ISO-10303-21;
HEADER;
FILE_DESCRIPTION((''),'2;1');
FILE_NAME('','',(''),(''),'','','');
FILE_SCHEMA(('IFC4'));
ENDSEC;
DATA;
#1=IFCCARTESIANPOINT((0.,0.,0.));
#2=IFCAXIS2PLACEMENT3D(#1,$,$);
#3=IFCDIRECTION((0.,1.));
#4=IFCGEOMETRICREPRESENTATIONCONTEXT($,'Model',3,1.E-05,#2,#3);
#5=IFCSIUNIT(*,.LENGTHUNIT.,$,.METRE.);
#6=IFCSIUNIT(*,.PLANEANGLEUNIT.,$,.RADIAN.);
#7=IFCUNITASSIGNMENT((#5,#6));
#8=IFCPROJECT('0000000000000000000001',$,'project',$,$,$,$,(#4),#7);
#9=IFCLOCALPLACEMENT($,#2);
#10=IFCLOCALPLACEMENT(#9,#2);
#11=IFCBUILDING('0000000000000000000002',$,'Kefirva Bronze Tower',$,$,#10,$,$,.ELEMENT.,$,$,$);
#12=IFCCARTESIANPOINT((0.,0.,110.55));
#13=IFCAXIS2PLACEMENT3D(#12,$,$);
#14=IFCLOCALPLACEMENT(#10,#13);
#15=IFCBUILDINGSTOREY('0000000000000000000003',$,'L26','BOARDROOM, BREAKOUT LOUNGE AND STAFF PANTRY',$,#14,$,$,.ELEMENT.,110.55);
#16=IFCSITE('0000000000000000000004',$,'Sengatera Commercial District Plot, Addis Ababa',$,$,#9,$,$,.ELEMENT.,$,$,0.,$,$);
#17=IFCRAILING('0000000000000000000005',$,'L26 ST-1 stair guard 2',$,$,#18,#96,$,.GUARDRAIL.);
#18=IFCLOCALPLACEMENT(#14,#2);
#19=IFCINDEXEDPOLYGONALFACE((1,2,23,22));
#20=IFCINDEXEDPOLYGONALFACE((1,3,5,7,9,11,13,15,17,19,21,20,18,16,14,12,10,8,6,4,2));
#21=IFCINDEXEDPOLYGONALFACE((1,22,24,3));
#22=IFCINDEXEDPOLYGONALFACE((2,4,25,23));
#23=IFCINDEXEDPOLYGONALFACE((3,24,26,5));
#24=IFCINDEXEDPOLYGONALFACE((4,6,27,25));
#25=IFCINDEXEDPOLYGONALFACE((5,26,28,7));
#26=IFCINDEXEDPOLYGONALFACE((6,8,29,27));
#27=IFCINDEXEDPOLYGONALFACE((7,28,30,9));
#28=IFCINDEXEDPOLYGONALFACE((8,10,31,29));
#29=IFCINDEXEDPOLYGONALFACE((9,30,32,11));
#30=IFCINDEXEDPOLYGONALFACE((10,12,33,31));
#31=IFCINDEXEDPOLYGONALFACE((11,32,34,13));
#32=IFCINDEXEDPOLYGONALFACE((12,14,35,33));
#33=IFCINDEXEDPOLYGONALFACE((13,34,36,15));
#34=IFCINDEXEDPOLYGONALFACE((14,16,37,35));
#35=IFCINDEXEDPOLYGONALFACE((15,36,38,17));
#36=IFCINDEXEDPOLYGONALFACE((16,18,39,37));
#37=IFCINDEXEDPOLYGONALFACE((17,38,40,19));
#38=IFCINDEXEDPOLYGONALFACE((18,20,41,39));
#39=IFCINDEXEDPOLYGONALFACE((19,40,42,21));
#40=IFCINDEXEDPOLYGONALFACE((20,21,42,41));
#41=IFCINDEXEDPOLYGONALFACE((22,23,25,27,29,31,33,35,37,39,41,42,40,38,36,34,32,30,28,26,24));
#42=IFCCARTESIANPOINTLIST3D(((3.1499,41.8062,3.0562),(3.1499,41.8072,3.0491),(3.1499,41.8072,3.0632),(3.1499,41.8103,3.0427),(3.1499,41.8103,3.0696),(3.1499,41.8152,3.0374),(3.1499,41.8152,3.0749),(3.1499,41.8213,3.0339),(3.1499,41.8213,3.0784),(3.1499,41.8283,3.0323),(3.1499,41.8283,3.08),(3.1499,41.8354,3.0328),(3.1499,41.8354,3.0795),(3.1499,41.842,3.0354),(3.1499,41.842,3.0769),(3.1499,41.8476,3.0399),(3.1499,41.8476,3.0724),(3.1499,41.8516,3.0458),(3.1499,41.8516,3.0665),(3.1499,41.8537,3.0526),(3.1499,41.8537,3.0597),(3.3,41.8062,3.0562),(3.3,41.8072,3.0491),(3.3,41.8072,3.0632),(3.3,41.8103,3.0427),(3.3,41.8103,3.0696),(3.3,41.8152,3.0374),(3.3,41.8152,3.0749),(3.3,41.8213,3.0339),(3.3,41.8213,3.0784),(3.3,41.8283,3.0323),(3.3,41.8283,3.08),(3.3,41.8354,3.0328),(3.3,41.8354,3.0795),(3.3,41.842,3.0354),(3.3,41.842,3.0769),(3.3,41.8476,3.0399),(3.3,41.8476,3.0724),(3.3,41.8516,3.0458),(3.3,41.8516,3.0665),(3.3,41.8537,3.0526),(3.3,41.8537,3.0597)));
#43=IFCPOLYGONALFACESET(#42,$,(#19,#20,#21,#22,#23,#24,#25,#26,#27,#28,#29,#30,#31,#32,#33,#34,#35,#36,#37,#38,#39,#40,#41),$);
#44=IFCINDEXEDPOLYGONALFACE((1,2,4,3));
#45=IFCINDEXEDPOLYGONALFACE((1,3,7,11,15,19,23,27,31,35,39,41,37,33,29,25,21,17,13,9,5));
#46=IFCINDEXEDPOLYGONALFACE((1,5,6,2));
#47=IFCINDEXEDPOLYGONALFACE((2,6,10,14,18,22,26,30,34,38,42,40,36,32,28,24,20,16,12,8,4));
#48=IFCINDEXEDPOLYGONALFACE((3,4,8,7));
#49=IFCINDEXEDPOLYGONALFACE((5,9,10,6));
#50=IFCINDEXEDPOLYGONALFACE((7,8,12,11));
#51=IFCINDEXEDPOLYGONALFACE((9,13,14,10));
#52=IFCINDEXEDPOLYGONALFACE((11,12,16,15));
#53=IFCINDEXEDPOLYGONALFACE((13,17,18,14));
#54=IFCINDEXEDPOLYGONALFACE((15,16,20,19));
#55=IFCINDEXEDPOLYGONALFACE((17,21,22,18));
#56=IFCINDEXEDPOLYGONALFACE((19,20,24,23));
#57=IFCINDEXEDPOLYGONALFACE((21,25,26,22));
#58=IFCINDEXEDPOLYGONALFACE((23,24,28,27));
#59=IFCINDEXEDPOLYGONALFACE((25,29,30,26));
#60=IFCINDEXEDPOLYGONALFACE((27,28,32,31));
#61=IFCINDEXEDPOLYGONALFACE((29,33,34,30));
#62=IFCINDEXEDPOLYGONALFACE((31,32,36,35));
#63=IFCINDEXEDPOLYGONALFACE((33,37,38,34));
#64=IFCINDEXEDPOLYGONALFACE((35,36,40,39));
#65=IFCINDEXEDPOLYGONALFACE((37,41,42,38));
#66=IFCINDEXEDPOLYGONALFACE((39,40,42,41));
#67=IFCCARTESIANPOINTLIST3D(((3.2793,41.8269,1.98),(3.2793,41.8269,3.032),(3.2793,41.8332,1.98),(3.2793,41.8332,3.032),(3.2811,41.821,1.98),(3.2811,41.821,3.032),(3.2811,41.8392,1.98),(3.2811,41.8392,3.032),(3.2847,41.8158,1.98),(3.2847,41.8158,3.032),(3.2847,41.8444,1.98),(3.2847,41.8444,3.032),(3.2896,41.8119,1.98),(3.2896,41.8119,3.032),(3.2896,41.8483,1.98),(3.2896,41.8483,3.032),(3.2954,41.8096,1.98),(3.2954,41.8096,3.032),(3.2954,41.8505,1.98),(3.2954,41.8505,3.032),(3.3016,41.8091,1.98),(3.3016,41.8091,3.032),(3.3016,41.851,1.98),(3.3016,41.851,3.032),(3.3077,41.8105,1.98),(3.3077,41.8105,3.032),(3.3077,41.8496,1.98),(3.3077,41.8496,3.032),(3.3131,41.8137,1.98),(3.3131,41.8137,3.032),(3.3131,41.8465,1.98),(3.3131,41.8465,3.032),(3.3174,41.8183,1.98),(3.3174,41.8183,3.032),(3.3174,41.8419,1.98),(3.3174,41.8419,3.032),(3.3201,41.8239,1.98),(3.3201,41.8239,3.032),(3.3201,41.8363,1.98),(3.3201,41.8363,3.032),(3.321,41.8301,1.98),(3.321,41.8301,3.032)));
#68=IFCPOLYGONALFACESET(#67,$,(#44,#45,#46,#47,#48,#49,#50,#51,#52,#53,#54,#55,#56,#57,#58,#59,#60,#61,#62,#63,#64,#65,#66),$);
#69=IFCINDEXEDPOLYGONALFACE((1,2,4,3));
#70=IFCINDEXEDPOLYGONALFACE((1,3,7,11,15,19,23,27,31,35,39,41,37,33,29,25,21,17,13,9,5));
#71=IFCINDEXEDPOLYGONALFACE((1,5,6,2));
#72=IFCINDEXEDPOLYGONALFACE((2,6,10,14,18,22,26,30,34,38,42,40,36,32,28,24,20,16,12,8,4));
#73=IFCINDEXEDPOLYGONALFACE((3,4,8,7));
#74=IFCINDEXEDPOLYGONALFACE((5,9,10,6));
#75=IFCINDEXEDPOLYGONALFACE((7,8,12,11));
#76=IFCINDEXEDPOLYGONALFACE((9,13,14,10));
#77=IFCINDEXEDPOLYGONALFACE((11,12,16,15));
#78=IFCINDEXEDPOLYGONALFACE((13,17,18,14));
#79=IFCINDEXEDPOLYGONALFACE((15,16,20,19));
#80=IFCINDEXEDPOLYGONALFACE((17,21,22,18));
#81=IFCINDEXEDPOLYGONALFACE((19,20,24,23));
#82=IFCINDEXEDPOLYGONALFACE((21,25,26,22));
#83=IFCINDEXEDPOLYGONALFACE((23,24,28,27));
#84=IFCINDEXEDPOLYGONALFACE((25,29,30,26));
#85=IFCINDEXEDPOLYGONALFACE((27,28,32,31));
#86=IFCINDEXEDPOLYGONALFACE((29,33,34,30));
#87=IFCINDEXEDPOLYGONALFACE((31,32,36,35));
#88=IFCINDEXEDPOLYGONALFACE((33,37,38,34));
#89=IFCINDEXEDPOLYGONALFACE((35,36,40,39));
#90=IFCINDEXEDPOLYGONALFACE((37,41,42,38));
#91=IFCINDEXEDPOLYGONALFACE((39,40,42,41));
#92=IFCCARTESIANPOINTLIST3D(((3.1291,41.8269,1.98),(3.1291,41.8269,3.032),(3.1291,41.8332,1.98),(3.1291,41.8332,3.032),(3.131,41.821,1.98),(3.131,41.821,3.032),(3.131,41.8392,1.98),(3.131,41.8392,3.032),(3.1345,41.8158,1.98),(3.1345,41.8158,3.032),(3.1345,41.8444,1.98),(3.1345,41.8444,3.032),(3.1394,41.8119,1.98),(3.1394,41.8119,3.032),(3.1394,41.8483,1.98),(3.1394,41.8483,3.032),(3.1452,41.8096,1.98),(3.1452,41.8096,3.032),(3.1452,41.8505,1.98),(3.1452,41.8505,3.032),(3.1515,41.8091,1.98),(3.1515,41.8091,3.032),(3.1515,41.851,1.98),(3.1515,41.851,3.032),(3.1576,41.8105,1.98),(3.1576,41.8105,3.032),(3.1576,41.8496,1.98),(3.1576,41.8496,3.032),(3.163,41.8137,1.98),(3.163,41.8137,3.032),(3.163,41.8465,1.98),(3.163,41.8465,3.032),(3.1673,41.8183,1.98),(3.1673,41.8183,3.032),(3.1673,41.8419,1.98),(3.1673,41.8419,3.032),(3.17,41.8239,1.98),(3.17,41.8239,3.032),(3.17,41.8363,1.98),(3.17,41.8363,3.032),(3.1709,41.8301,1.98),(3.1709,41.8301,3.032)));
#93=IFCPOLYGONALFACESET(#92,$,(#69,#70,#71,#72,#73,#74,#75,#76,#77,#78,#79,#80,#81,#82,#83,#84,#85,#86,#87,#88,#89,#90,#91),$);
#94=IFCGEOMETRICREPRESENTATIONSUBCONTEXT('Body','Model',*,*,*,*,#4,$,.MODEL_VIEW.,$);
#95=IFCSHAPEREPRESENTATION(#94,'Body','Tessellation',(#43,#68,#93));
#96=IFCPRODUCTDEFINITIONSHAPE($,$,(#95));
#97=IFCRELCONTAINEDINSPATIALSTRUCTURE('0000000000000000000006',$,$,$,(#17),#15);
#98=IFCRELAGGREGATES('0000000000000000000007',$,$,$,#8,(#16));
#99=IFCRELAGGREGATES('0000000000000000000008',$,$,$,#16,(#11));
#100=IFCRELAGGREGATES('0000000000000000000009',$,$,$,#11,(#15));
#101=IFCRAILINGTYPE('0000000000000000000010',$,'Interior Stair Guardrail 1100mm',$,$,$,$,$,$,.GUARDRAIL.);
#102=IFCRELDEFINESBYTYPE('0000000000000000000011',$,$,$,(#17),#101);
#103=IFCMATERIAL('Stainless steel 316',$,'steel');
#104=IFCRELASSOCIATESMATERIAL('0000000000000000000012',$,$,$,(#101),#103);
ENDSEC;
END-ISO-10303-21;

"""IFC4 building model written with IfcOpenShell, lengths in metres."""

from ifc_helpers import new_model, si_unit, direction, frame, origin, origin_2d, place, context, subcontext, project, spatial, circle, extrude, material, type_object, element, save


model = new_model("IFC4")

# Units and contexts
model_context = context("Model", 3, precision=1e-05, world=origin(), true_north=direction((0.0, 1.0)))
body_context = subcontext(model_context, "Body", "Model", "MODEL_VIEW")
ifc_project = project(units=[si_unit("LENGTHUNIT", "METRE"), si_unit("PLANEANGLEUNIT", "RADIAN")], contexts=[model_context])

# Site, building, storey
site_placement = place(None, origin())
site = spatial("IfcSite", under=ifc_project, at=site_placement, Name="Sengatera Commercial District Plot, Addis Ababa", CompositionType="ELEMENT", RefElevation=0.0)
building_placement = place(site_placement, origin())
building = spatial("IfcBuilding", under=site, at=building_placement, Name="Kefirva Bronze Tower", CompositionType="ELEMENT")
storey_placement = place(building_placement, frame((0.0, 0.0, 110.55)))
storey = spatial("IfcBuildingStorey", under=building, at=storey_placement, Name="L26", Description="BOARDROOM, BREAKOUT LOUNGE AND STAFF PANTRY", CompositionType="ELEMENT", Elevation=110.55)

# Shared definitions
ifc_material_1 = material(Name="Stainless steel 316", Category="steel")

# Railing
railing_type_1 = type_object("IfcRailingType", Name="Interior Stair Guardrail 1100mm", PredefinedType="GUARDRAIL", material=ifc_material_1)
railing_1_placement = place(storey_placement, frame((3.3, 41.8301, 1.98)))
element("IfcRailing", 1, at=railing_1_placement, inside=storey, type_object=railing_type_1, Name="L26 ST-1 stair guard 2", PredefinedType="GUARDRAIL", context=body_context, shape_type="SweptSolid", body=[
    extrude(circle(Radius=0.0239, at=origin_2d()), frame((0.0, 0.0, 1.0762), z_axis=(-1.0, 0.0, 0.0), x_axis=(0.0, -1.0, 0.0)), (0.0, 0.0, 1.0), 0.1501),
    extrude(circle(Radius=0.021, at=origin_2d()), origin(), (0.0, 0.0, 1.0), 1.052),
    extrude(circle(Radius=0.021, at=origin_2d()), frame((-0.1501, 0.0, 0.0)), (0.0, 0.0, 1.0), 1.052),
])

save(model, "model.ifc")
